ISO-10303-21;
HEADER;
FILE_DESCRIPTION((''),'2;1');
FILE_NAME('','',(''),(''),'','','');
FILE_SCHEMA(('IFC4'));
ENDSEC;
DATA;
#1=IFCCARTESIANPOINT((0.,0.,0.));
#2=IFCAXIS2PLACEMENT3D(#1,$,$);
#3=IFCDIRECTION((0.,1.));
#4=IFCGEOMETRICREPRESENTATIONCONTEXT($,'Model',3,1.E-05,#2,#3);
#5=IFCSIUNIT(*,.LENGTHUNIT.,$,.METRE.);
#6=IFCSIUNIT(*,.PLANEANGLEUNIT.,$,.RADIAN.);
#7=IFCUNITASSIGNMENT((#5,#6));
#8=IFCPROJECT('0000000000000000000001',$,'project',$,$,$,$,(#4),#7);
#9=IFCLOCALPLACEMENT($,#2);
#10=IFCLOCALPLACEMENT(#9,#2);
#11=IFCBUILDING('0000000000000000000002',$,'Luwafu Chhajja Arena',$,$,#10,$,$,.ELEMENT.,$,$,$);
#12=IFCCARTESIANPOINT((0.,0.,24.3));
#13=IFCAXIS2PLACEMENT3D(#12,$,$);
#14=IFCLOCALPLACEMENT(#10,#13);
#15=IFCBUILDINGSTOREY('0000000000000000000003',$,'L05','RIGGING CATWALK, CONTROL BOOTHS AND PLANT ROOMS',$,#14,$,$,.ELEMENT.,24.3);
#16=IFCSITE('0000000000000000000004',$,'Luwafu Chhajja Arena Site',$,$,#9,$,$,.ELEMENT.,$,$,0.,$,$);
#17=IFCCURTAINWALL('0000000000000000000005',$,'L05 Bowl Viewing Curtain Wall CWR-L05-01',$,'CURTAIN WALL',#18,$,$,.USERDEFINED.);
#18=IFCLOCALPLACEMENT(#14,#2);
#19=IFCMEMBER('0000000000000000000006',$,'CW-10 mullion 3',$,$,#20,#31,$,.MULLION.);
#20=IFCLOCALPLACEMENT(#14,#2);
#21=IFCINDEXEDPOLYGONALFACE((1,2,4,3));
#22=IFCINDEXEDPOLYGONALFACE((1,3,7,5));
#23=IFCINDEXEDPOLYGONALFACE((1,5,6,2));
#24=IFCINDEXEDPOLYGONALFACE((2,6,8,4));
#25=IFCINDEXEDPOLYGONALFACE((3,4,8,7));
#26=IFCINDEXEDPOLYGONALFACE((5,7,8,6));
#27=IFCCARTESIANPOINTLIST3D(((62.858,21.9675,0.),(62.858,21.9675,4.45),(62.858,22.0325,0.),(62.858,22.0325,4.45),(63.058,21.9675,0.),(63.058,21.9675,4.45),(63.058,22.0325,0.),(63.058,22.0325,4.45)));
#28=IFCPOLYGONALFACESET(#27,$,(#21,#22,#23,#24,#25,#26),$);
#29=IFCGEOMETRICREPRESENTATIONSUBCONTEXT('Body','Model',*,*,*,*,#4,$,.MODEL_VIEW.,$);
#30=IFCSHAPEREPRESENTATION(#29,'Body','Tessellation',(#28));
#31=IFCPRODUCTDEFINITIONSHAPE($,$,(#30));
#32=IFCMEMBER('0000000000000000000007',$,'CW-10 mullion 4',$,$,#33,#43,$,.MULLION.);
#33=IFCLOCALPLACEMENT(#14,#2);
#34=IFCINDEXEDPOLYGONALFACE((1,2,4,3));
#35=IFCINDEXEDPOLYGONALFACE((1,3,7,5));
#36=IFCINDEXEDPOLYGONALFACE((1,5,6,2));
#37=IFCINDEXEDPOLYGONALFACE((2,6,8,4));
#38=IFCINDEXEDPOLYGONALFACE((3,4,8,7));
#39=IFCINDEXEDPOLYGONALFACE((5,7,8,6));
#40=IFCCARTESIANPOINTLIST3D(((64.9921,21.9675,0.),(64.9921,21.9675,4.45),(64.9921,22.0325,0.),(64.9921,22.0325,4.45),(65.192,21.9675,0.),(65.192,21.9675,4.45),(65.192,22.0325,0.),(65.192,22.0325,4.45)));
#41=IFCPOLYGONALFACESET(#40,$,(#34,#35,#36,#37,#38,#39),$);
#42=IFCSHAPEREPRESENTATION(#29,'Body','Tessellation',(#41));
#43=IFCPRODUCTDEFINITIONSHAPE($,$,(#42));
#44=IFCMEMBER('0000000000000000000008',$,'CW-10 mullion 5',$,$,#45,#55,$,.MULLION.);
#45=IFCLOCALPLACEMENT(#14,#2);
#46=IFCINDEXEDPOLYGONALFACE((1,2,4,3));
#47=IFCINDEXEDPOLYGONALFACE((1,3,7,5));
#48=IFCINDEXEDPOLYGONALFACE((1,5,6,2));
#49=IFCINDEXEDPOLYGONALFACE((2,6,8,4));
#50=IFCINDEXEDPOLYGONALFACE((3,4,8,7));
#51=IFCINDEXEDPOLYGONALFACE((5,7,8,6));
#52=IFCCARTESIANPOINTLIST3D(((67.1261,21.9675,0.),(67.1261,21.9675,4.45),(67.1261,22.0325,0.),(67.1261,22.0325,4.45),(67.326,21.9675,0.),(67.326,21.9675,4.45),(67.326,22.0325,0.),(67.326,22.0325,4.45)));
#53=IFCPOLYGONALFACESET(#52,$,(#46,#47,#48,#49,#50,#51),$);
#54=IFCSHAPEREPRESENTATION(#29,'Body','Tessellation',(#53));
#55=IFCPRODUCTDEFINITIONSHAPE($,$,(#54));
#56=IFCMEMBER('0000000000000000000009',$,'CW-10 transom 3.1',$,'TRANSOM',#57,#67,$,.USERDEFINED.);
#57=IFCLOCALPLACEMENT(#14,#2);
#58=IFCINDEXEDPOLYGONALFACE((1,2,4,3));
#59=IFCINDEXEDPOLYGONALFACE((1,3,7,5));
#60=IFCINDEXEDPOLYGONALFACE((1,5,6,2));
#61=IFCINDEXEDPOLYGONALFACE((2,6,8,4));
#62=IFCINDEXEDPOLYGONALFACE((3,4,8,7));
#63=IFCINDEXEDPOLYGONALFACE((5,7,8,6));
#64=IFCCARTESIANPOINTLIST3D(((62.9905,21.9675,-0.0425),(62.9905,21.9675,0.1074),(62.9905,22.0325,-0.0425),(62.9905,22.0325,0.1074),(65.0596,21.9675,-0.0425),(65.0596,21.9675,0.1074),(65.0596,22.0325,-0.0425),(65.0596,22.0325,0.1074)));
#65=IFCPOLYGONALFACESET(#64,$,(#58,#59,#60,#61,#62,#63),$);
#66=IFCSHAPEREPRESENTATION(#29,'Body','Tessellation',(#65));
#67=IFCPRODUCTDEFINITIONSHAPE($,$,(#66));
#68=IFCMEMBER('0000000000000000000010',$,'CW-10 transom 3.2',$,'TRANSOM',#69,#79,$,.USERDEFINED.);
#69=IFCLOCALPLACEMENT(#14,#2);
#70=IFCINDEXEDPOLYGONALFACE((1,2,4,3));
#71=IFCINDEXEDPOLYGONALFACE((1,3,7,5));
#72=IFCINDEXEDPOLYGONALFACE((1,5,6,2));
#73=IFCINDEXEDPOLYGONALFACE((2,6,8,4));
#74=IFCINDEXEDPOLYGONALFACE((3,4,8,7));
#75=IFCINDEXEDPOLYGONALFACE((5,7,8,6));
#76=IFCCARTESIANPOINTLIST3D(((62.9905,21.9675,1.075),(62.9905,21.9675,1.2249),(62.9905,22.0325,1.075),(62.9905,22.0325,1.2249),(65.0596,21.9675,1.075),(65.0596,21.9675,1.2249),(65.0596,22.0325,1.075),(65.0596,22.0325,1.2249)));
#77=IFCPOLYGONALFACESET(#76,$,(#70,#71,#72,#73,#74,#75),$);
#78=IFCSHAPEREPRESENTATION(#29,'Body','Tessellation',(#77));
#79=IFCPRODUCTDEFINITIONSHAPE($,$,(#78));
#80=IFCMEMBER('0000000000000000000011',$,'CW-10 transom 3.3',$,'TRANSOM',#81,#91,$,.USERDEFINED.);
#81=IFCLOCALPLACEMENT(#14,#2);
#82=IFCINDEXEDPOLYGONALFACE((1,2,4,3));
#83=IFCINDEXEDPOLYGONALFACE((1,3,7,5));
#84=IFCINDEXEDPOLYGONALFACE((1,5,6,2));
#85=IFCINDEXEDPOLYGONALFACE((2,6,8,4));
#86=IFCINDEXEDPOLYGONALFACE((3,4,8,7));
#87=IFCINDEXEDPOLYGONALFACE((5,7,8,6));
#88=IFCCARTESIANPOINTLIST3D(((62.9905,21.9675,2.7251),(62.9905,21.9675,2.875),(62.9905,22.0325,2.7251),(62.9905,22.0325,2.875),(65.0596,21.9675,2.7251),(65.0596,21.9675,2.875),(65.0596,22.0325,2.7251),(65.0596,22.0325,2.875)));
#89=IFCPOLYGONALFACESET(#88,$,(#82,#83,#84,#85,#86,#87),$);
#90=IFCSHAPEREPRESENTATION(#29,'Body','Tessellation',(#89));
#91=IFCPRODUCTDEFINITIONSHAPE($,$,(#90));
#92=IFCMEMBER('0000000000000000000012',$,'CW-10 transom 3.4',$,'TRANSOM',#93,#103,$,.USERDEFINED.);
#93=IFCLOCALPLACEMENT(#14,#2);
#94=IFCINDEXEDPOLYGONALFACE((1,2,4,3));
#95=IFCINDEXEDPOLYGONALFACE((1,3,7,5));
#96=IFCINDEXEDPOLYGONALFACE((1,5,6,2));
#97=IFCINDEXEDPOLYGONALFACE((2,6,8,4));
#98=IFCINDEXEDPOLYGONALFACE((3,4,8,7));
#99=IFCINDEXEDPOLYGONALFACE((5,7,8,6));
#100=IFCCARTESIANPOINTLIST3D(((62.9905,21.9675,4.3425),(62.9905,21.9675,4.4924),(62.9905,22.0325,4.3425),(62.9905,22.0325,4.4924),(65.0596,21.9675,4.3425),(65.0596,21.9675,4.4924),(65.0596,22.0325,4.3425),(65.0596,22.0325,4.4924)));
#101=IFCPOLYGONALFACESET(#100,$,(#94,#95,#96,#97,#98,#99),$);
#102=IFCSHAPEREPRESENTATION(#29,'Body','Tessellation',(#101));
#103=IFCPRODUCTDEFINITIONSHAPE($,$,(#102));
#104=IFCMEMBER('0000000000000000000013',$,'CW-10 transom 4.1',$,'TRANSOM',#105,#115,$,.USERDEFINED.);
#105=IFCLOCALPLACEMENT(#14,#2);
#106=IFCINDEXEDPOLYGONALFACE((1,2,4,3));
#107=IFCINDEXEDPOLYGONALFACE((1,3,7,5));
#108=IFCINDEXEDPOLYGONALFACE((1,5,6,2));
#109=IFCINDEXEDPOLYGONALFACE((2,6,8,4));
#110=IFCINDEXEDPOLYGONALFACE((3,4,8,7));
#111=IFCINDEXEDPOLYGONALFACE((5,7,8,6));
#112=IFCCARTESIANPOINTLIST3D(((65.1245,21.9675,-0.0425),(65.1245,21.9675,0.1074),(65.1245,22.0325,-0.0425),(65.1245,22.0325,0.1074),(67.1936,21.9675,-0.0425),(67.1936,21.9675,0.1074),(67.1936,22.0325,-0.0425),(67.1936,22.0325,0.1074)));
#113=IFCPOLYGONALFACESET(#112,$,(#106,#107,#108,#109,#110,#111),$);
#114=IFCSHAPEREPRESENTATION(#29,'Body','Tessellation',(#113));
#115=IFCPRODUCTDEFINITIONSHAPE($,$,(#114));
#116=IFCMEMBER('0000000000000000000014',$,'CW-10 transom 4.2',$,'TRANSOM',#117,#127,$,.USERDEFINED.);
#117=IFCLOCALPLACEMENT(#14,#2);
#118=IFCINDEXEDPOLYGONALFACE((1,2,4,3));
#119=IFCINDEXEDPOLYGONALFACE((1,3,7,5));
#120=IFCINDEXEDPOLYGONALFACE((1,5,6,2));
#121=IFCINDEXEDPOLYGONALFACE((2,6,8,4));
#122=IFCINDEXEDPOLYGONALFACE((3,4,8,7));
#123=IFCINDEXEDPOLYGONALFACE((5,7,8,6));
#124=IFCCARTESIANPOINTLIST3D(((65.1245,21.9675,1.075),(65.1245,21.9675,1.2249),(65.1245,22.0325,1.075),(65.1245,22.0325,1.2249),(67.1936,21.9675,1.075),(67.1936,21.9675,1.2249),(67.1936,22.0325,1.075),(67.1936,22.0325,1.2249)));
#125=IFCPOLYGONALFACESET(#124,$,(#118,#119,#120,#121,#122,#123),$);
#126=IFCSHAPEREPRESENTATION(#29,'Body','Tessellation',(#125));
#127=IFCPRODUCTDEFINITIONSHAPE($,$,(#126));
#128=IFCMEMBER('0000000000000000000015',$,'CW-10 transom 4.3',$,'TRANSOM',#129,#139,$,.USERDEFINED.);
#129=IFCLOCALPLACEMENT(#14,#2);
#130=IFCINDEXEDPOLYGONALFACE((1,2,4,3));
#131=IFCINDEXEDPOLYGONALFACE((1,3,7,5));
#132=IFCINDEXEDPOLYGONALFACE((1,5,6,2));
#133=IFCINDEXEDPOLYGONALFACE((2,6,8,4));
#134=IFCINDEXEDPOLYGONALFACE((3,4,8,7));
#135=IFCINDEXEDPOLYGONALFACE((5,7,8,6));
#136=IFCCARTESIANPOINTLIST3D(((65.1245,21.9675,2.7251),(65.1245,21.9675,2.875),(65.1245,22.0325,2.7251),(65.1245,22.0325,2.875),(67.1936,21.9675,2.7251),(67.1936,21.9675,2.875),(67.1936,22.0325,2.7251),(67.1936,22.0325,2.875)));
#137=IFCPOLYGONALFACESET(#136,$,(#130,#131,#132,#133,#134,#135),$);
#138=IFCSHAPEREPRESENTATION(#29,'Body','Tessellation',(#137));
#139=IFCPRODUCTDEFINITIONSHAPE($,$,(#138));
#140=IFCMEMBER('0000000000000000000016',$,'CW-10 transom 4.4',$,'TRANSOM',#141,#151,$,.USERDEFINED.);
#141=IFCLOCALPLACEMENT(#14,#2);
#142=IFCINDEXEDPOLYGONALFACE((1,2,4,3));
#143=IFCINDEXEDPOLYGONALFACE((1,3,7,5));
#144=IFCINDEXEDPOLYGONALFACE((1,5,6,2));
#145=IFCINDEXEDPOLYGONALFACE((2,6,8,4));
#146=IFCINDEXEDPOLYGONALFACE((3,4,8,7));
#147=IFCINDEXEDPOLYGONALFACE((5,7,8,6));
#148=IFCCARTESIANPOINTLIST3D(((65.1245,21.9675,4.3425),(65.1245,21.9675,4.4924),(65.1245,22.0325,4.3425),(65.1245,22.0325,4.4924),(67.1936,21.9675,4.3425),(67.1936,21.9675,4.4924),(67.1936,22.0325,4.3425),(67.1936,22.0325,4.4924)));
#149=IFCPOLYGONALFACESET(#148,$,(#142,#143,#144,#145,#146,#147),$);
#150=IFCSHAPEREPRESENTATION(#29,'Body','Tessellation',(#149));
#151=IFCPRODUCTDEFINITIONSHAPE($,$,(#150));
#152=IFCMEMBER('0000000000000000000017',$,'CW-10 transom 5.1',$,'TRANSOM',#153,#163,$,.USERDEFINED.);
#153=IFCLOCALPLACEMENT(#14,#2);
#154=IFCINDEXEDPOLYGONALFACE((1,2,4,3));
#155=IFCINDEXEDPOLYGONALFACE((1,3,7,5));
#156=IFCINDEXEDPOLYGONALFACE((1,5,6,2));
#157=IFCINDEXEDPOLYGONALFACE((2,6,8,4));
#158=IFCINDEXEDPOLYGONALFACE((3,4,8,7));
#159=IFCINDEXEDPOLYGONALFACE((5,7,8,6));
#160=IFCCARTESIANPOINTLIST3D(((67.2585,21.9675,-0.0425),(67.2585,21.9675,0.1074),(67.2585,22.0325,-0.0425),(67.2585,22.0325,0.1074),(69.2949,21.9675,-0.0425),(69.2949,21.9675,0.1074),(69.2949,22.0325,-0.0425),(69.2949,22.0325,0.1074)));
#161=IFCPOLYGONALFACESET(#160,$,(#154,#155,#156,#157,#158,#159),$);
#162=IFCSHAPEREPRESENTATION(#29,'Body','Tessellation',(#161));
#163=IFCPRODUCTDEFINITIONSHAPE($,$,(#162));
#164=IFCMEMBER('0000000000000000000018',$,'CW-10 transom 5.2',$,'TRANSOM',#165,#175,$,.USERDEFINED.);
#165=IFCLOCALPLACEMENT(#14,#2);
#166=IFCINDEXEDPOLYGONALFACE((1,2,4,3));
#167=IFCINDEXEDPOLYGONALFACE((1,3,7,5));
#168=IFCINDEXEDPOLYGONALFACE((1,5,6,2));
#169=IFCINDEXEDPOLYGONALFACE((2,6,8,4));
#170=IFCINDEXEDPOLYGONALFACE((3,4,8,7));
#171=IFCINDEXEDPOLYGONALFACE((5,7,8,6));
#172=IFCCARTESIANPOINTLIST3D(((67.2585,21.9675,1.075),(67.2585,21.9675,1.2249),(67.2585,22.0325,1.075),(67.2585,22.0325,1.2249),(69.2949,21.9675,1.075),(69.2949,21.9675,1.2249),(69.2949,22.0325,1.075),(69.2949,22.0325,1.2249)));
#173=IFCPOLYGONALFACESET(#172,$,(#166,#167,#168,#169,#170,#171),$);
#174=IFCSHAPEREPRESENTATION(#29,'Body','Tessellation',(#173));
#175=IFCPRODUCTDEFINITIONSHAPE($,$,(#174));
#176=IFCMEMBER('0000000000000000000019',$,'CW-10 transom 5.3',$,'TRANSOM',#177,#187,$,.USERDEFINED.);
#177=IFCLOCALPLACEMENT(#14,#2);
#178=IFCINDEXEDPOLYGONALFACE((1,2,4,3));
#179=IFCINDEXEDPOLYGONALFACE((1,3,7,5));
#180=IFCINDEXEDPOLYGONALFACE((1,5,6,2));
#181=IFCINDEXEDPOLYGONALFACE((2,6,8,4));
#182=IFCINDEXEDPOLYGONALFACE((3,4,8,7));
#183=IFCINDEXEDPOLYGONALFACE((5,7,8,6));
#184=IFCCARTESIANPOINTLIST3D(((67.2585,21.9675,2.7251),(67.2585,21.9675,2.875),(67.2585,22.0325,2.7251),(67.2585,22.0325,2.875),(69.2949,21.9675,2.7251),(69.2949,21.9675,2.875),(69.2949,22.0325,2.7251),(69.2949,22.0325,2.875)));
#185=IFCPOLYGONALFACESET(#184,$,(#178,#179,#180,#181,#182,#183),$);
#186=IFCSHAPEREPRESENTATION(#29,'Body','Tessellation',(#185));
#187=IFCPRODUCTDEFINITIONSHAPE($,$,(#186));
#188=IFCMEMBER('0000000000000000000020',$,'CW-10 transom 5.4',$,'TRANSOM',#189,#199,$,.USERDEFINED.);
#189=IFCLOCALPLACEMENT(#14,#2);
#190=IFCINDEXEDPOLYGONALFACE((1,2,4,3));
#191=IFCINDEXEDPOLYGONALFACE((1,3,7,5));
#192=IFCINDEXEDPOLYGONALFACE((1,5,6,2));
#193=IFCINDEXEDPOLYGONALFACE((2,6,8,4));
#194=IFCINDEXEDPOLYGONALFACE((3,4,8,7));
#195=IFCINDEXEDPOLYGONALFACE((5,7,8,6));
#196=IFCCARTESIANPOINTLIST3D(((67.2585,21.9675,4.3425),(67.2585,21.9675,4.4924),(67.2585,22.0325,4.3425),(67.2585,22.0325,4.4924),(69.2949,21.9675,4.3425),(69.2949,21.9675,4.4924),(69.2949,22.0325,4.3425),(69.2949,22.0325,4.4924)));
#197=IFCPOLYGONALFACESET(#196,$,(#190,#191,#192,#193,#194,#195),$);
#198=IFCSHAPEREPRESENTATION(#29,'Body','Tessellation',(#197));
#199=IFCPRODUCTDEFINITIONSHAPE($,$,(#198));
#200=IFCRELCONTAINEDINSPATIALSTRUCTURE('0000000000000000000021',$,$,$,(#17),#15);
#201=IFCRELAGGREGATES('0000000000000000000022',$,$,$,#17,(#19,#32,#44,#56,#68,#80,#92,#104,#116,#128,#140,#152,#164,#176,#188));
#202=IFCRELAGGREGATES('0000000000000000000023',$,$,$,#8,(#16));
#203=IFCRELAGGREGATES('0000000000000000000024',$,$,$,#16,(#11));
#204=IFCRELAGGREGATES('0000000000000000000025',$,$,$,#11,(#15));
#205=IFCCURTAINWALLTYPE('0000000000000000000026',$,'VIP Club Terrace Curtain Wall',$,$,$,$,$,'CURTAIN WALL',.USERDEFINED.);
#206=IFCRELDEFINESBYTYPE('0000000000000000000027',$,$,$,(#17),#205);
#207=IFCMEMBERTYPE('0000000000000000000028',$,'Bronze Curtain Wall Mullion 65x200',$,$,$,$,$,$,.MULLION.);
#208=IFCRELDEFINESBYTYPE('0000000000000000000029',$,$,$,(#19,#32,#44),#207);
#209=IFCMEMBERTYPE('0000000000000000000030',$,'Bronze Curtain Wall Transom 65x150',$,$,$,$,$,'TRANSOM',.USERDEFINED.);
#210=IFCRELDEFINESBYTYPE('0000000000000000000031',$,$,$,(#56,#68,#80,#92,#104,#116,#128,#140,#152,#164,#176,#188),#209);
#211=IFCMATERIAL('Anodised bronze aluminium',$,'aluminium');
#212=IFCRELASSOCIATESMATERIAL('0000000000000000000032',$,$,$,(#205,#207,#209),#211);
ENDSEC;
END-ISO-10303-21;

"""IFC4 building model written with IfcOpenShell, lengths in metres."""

from ifc_helpers import new_model, si_unit, direction, frame, origin, origin_2d, place, context, subcontext, project, spatial, rectangle, extrude, material, material_profile, profile_set, type_object, element, aggregate, save


model = new_model("IFC4")

# Units and contexts
model_context = context("Model", 3, precision=1e-05, world=origin(), true_north=direction((0.0, 1.0)))
body_context = subcontext(model_context, "Body", "Model", "MODEL_VIEW")
ifc_project = project(units=[si_unit("LENGTHUNIT", "METRE"), si_unit("PLANEANGLEUNIT", "RADIAN")], contexts=[model_context])

# Site, building, storey
site_placement = place(None, origin())
site = spatial("IfcSite", under=ifc_project, at=site_placement, Name="Luwafu Chhajja Arena Site", CompositionType="ELEMENT", RefElevation=0.0)
building_placement = place(site_placement, origin())
building = spatial("IfcBuilding", under=site, at=building_placement, Name="Luwafu Chhajja Arena", CompositionType="ELEMENT")
storey_placement = place(building_placement, frame((0.0, 0.0, 24.3)))
storey = spatial("IfcBuildingStorey", under=building, at=storey_placement, Name="L05", Description="RIGGING CATWALK, CONTROL BOOTHS AND PLANT ROOMS", CompositionType="ELEMENT", Elevation=24.3)

# Curtain wall, members
ifc_material_1 = material(Name="Anodised bronze aluminium", Category="aluminium")
curtain_wall_type = type_object("IfcCurtainWallType", Name="VIP Club Terrace Curtain Wall", ElementType="CURTAIN WALL", PredefinedType="USERDEFINED", material=ifc_material_1)
curtain_wall_placement = place(storey_placement, origin())
curtain_wall = element("IfcCurtainWall", 1, at=curtain_wall_placement, inside=storey, type_object=curtain_wall_type, Name="L05 Bowl Viewing Curtain Wall CWR-L05-01", ObjectType="CURTAIN WALL", PredefinedType="USERDEFINED")
ifc_material_profile_1 = material_profile(ifc_material_1, rectangle(XDim=0.0649, YDim=0.2, at=origin_2d()), Name="CWM 65x200")
ifc_profile_set_1 = profile_set([ifc_material_profile_1], Name="Anodised bronze aluminium")
member_type_1 = type_object("IfcMemberType", Name="Bronze Curtain Wall Mullion 65x200", PredefinedType="MULLION", material=ifc_profile_set_1)
member_1_placement = place(storey_placement, frame((62.958, 22.0, 0.0), z_axis=(0.0, 0.0, 1.0), x_axis=(0.0, 1.0, 0.0)))
member_1 = element("IfcMember", 2, at=member_1_placement, type_object=member_type_1, Name="CW-10 mullion 3", PredefinedType="MULLION", context=body_context, shape_type="SweptSolid", body=[
    extrude(rectangle(XDim=0.0649, YDim=0.2, at=origin_2d()), origin(), (0.0, 0.0, 1.0), 4.45),
])
member_2_placement = place(storey_placement, frame((65.092, 22.0, 0.0), z_axis=(0.0, 0.0, 1.0), x_axis=(0.0, 1.0, 0.0)))
member_2 = element("IfcMember", 3, at=member_2_placement, type_object=member_type_1, Name="CW-10 mullion 4", PredefinedType="MULLION", context=body_context, shape_type="SweptSolid", body=[
    extrude(rectangle(XDim=0.0649, YDim=0.2, at=origin_2d()), origin(), (0.0, 0.0, 1.0), 4.45),
])
member_3_placement = place(storey_placement, frame((67.2261, 22.0, 0.0), z_axis=(0.0, 0.0, 1.0), x_axis=(0.0, 1.0, 0.0)))
member_3 = element("IfcMember", 4, at=member_3_placement, type_object=member_type_1, Name="CW-10 mullion 5", PredefinedType="MULLION", context=body_context, shape_type="SweptSolid", body=[
    extrude(rectangle(XDim=0.0649, YDim=0.2, at=origin_2d()), origin(), (0.0, 0.0, 1.0), 4.45),
])
ifc_material_profile_2 = material_profile(ifc_material_1, rectangle(XDim=0.0649, YDim=0.1499, at=origin_2d()), Name="CWT 65x150")
ifc_profile_set_2 = profile_set([ifc_material_profile_2], Name="Anodised bronze aluminium")
member_type_2 = type_object("IfcMemberType", Name="Bronze Curtain Wall Transom 65x150", ElementType="TRANSOM", PredefinedType="USERDEFINED", material=ifc_profile_set_2)
member_4_placement = place(storey_placement, frame((62.9905, 22.0, 0.0325), z_axis=(1.0, 0.0, 0.0), x_axis=(0.0, 1.0, 0.0)))
member_4 = element("IfcMember", 5, at=member_4_placement, type_object=member_type_2, Name="CW-10 transom 3.1", ObjectType="TRANSOM", PredefinedType="USERDEFINED", context=body_context, shape_type="SweptSolid", body=[
    extrude(rectangle(XDim=0.0649, YDim=0.1499, at=origin_2d()), origin(), (0.0, 0.0, 1.0), 2.0691),
])
member_5_placement = place(storey_placement, frame((62.9905, 22.0, 1.1499), z_axis=(1.0, 0.0, 0.0), x_axis=(0.0, 1.0, 0.0)))
member_5 = element("IfcMember", 6, at=member_5_placement, type_object=member_type_2, Name="CW-10 transom 3.2", ObjectType="TRANSOM", PredefinedType="USERDEFINED", context=body_context, shape_type="SweptSolid", body=[
    extrude(rectangle(XDim=0.0649, YDim=0.1499, at=origin_2d()), origin(), (0.0, 0.0, 1.0), 2.0691),
])
member_6_placement = place(storey_placement, frame((62.9905, 22.0, 2.8), z_axis=(1.0, 0.0, 0.0), x_axis=(0.0, 1.0, 0.0)))
member_6 = element("IfcMember", 7, at=member_6_placement, type_object=member_type_2, Name="CW-10 transom 3.3", ObjectType="TRANSOM", PredefinedType="USERDEFINED", context=body_context, shape_type="SweptSolid", body=[
    extrude(rectangle(XDim=0.0649, YDim=0.1499, at=origin_2d()), origin(), (0.0, 0.0, 1.0), 2.0691),
])
member_7_placement = place(storey_placement, frame((62.9905, 22.0, 4.4175), z_axis=(1.0, 0.0, 0.0), x_axis=(0.0, 1.0, 0.0)))
member_7 = element("IfcMember", 8, at=member_7_placement, type_object=member_type_2, Name="CW-10 transom 3.4", ObjectType="TRANSOM", PredefinedType="USERDEFINED", context=body_context, shape_type="SweptSolid", body=[
    extrude(rectangle(XDim=0.0649, YDim=0.1499, at=origin_2d()), origin(), (0.0, 0.0, 1.0), 2.0691),
])
member_8_placement = place(storey_placement, frame((65.1245, 22.0, 0.0325), z_axis=(1.0, 0.0, 0.0), x_axis=(0.0, 1.0, 0.0)))
member_8 = element("IfcMember", 9, at=member_8_placement, type_object=member_type_2, Name="CW-10 transom 4.1", ObjectType="TRANSOM", PredefinedType="USERDEFINED", context=body_context, shape_type="SweptSolid", body=[
    extrude(rectangle(XDim=0.0649, YDim=0.1499, at=origin_2d()), origin(), (0.0, 0.0, 1.0), 2.0691),
])
member_9_placement = place(storey_placement, frame((65.1245, 22.0, 1.1499), z_axis=(1.0, 0.0, 0.0), x_axis=(0.0, 1.0, 0.0)))
member_9 = element("IfcMember", 10, at=member_9_placement, type_object=member_type_2, Name="CW-10 transom 4.2", ObjectType="TRANSOM", PredefinedType="USERDEFINED", context=body_context, shape_type="SweptSolid", body=[
    extrude(rectangle(XDim=0.0649, YDim=0.1499, at=origin_2d()), origin(), (0.0, 0.0, 1.0), 2.0691),
])
member_10_placement = place(storey_placement, frame((65.1245, 22.0, 2.8), z_axis=(1.0, 0.0, 0.0), x_axis=(0.0, 1.0, 0.0)))
member_10 = element("IfcMember", 11, at=member_10_placement, type_object=member_type_2, Name="CW-10 transom 4.3", ObjectType="TRANSOM", PredefinedType="USERDEFINED", context=body_context, shape_type="SweptSolid", body=[
    extrude(rectangle(XDim=0.0649, YDim=0.1499, at=origin_2d()), origin(), (0.0, 0.0, 1.0), 2.0691),
])
member_11_placement = place(storey_placement, frame((65.1245, 22.0, 4.4175), z_axis=(1.0, 0.0, 0.0), x_axis=(0.0, 1.0, 0.0)))
member_11 = element("IfcMember", 12, at=member_11_placement, type_object=member_type_2, Name="CW-10 transom 4.4", ObjectType="TRANSOM", PredefinedType="USERDEFINED", context=body_context, shape_type="SweptSolid", body=[
    extrude(rectangle(XDim=0.0649, YDim=0.1499, at=origin_2d()), origin(), (0.0, 0.0, 1.0), 2.0691),
])
member_12_placement = place(storey_placement, frame((67.2585, 22.0, 0.0325), z_axis=(1.0, 0.0, 0.0), x_axis=(0.0, 1.0, 0.0)))
member_12 = element("IfcMember", 13, at=member_12_placement, type_object=member_type_2, Name="CW-10 transom 5.1", ObjectType="TRANSOM", PredefinedType="USERDEFINED", context=body_context, shape_type="SweptSolid", body=[
    extrude(rectangle(XDim=0.0649, YDim=0.1499, at=origin_2d()), origin(), (0.0, 0.0, 1.0), 2.0364),
])
member_13_placement = place(storey_placement, frame((67.2585, 22.0, 1.1499), z_axis=(1.0, 0.0, 0.0), x_axis=(0.0, 1.0, 0.0)))
member_13 = element("IfcMember", 14, at=member_13_placement, type_object=member_type_2, Name="CW-10 transom 5.2", ObjectType="TRANSOM", PredefinedType="USERDEFINED", context=body_context, shape_type="SweptSolid", body=[
    extrude(rectangle(XDim=0.0649, YDim=0.1499, at=origin_2d()), origin(), (0.0, 0.0, 1.0), 2.0364),
])
member_14_placement = place(storey_placement, frame((67.2585, 22.0, 2.8), z_axis=(1.0, 0.0, 0.0), x_axis=(0.0, 1.0, 0.0)))
member_14 = element("IfcMember", 15, at=member_14_placement, type_object=member_type_2, Name="CW-10 transom 5.3", ObjectType="TRANSOM", PredefinedType="USERDEFINED", context=body_context, shape_type="SweptSolid", body=[
    extrude(rectangle(XDim=0.0649, YDim=0.1499, at=origin_2d()), origin(), (0.0, 0.0, 1.0), 2.0364),
])
member_15_placement = place(storey_placement, frame((67.2585, 22.0, 4.4175), z_axis=(1.0, 0.0, 0.0), x_axis=(0.0, 1.0, 0.0)))
member_15 = element("IfcMember", 16, at=member_15_placement, type_object=member_type_2, Name="CW-10 transom 5.4", ObjectType="TRANSOM", PredefinedType="USERDEFINED", context=body_context, shape_type="SweptSolid", body=[
    extrude(rectangle(XDim=0.0649, YDim=0.1499, at=origin_2d()), origin(), (0.0, 0.0, 1.0), 2.0364),
])
aggregate(curtain_wall, [member_1, member_2, member_3, member_4, member_5, member_6, member_7, member_8, member_9, member_10, member_11, member_12, member_13, member_14, member_15])

save(model, "model.ifc")
